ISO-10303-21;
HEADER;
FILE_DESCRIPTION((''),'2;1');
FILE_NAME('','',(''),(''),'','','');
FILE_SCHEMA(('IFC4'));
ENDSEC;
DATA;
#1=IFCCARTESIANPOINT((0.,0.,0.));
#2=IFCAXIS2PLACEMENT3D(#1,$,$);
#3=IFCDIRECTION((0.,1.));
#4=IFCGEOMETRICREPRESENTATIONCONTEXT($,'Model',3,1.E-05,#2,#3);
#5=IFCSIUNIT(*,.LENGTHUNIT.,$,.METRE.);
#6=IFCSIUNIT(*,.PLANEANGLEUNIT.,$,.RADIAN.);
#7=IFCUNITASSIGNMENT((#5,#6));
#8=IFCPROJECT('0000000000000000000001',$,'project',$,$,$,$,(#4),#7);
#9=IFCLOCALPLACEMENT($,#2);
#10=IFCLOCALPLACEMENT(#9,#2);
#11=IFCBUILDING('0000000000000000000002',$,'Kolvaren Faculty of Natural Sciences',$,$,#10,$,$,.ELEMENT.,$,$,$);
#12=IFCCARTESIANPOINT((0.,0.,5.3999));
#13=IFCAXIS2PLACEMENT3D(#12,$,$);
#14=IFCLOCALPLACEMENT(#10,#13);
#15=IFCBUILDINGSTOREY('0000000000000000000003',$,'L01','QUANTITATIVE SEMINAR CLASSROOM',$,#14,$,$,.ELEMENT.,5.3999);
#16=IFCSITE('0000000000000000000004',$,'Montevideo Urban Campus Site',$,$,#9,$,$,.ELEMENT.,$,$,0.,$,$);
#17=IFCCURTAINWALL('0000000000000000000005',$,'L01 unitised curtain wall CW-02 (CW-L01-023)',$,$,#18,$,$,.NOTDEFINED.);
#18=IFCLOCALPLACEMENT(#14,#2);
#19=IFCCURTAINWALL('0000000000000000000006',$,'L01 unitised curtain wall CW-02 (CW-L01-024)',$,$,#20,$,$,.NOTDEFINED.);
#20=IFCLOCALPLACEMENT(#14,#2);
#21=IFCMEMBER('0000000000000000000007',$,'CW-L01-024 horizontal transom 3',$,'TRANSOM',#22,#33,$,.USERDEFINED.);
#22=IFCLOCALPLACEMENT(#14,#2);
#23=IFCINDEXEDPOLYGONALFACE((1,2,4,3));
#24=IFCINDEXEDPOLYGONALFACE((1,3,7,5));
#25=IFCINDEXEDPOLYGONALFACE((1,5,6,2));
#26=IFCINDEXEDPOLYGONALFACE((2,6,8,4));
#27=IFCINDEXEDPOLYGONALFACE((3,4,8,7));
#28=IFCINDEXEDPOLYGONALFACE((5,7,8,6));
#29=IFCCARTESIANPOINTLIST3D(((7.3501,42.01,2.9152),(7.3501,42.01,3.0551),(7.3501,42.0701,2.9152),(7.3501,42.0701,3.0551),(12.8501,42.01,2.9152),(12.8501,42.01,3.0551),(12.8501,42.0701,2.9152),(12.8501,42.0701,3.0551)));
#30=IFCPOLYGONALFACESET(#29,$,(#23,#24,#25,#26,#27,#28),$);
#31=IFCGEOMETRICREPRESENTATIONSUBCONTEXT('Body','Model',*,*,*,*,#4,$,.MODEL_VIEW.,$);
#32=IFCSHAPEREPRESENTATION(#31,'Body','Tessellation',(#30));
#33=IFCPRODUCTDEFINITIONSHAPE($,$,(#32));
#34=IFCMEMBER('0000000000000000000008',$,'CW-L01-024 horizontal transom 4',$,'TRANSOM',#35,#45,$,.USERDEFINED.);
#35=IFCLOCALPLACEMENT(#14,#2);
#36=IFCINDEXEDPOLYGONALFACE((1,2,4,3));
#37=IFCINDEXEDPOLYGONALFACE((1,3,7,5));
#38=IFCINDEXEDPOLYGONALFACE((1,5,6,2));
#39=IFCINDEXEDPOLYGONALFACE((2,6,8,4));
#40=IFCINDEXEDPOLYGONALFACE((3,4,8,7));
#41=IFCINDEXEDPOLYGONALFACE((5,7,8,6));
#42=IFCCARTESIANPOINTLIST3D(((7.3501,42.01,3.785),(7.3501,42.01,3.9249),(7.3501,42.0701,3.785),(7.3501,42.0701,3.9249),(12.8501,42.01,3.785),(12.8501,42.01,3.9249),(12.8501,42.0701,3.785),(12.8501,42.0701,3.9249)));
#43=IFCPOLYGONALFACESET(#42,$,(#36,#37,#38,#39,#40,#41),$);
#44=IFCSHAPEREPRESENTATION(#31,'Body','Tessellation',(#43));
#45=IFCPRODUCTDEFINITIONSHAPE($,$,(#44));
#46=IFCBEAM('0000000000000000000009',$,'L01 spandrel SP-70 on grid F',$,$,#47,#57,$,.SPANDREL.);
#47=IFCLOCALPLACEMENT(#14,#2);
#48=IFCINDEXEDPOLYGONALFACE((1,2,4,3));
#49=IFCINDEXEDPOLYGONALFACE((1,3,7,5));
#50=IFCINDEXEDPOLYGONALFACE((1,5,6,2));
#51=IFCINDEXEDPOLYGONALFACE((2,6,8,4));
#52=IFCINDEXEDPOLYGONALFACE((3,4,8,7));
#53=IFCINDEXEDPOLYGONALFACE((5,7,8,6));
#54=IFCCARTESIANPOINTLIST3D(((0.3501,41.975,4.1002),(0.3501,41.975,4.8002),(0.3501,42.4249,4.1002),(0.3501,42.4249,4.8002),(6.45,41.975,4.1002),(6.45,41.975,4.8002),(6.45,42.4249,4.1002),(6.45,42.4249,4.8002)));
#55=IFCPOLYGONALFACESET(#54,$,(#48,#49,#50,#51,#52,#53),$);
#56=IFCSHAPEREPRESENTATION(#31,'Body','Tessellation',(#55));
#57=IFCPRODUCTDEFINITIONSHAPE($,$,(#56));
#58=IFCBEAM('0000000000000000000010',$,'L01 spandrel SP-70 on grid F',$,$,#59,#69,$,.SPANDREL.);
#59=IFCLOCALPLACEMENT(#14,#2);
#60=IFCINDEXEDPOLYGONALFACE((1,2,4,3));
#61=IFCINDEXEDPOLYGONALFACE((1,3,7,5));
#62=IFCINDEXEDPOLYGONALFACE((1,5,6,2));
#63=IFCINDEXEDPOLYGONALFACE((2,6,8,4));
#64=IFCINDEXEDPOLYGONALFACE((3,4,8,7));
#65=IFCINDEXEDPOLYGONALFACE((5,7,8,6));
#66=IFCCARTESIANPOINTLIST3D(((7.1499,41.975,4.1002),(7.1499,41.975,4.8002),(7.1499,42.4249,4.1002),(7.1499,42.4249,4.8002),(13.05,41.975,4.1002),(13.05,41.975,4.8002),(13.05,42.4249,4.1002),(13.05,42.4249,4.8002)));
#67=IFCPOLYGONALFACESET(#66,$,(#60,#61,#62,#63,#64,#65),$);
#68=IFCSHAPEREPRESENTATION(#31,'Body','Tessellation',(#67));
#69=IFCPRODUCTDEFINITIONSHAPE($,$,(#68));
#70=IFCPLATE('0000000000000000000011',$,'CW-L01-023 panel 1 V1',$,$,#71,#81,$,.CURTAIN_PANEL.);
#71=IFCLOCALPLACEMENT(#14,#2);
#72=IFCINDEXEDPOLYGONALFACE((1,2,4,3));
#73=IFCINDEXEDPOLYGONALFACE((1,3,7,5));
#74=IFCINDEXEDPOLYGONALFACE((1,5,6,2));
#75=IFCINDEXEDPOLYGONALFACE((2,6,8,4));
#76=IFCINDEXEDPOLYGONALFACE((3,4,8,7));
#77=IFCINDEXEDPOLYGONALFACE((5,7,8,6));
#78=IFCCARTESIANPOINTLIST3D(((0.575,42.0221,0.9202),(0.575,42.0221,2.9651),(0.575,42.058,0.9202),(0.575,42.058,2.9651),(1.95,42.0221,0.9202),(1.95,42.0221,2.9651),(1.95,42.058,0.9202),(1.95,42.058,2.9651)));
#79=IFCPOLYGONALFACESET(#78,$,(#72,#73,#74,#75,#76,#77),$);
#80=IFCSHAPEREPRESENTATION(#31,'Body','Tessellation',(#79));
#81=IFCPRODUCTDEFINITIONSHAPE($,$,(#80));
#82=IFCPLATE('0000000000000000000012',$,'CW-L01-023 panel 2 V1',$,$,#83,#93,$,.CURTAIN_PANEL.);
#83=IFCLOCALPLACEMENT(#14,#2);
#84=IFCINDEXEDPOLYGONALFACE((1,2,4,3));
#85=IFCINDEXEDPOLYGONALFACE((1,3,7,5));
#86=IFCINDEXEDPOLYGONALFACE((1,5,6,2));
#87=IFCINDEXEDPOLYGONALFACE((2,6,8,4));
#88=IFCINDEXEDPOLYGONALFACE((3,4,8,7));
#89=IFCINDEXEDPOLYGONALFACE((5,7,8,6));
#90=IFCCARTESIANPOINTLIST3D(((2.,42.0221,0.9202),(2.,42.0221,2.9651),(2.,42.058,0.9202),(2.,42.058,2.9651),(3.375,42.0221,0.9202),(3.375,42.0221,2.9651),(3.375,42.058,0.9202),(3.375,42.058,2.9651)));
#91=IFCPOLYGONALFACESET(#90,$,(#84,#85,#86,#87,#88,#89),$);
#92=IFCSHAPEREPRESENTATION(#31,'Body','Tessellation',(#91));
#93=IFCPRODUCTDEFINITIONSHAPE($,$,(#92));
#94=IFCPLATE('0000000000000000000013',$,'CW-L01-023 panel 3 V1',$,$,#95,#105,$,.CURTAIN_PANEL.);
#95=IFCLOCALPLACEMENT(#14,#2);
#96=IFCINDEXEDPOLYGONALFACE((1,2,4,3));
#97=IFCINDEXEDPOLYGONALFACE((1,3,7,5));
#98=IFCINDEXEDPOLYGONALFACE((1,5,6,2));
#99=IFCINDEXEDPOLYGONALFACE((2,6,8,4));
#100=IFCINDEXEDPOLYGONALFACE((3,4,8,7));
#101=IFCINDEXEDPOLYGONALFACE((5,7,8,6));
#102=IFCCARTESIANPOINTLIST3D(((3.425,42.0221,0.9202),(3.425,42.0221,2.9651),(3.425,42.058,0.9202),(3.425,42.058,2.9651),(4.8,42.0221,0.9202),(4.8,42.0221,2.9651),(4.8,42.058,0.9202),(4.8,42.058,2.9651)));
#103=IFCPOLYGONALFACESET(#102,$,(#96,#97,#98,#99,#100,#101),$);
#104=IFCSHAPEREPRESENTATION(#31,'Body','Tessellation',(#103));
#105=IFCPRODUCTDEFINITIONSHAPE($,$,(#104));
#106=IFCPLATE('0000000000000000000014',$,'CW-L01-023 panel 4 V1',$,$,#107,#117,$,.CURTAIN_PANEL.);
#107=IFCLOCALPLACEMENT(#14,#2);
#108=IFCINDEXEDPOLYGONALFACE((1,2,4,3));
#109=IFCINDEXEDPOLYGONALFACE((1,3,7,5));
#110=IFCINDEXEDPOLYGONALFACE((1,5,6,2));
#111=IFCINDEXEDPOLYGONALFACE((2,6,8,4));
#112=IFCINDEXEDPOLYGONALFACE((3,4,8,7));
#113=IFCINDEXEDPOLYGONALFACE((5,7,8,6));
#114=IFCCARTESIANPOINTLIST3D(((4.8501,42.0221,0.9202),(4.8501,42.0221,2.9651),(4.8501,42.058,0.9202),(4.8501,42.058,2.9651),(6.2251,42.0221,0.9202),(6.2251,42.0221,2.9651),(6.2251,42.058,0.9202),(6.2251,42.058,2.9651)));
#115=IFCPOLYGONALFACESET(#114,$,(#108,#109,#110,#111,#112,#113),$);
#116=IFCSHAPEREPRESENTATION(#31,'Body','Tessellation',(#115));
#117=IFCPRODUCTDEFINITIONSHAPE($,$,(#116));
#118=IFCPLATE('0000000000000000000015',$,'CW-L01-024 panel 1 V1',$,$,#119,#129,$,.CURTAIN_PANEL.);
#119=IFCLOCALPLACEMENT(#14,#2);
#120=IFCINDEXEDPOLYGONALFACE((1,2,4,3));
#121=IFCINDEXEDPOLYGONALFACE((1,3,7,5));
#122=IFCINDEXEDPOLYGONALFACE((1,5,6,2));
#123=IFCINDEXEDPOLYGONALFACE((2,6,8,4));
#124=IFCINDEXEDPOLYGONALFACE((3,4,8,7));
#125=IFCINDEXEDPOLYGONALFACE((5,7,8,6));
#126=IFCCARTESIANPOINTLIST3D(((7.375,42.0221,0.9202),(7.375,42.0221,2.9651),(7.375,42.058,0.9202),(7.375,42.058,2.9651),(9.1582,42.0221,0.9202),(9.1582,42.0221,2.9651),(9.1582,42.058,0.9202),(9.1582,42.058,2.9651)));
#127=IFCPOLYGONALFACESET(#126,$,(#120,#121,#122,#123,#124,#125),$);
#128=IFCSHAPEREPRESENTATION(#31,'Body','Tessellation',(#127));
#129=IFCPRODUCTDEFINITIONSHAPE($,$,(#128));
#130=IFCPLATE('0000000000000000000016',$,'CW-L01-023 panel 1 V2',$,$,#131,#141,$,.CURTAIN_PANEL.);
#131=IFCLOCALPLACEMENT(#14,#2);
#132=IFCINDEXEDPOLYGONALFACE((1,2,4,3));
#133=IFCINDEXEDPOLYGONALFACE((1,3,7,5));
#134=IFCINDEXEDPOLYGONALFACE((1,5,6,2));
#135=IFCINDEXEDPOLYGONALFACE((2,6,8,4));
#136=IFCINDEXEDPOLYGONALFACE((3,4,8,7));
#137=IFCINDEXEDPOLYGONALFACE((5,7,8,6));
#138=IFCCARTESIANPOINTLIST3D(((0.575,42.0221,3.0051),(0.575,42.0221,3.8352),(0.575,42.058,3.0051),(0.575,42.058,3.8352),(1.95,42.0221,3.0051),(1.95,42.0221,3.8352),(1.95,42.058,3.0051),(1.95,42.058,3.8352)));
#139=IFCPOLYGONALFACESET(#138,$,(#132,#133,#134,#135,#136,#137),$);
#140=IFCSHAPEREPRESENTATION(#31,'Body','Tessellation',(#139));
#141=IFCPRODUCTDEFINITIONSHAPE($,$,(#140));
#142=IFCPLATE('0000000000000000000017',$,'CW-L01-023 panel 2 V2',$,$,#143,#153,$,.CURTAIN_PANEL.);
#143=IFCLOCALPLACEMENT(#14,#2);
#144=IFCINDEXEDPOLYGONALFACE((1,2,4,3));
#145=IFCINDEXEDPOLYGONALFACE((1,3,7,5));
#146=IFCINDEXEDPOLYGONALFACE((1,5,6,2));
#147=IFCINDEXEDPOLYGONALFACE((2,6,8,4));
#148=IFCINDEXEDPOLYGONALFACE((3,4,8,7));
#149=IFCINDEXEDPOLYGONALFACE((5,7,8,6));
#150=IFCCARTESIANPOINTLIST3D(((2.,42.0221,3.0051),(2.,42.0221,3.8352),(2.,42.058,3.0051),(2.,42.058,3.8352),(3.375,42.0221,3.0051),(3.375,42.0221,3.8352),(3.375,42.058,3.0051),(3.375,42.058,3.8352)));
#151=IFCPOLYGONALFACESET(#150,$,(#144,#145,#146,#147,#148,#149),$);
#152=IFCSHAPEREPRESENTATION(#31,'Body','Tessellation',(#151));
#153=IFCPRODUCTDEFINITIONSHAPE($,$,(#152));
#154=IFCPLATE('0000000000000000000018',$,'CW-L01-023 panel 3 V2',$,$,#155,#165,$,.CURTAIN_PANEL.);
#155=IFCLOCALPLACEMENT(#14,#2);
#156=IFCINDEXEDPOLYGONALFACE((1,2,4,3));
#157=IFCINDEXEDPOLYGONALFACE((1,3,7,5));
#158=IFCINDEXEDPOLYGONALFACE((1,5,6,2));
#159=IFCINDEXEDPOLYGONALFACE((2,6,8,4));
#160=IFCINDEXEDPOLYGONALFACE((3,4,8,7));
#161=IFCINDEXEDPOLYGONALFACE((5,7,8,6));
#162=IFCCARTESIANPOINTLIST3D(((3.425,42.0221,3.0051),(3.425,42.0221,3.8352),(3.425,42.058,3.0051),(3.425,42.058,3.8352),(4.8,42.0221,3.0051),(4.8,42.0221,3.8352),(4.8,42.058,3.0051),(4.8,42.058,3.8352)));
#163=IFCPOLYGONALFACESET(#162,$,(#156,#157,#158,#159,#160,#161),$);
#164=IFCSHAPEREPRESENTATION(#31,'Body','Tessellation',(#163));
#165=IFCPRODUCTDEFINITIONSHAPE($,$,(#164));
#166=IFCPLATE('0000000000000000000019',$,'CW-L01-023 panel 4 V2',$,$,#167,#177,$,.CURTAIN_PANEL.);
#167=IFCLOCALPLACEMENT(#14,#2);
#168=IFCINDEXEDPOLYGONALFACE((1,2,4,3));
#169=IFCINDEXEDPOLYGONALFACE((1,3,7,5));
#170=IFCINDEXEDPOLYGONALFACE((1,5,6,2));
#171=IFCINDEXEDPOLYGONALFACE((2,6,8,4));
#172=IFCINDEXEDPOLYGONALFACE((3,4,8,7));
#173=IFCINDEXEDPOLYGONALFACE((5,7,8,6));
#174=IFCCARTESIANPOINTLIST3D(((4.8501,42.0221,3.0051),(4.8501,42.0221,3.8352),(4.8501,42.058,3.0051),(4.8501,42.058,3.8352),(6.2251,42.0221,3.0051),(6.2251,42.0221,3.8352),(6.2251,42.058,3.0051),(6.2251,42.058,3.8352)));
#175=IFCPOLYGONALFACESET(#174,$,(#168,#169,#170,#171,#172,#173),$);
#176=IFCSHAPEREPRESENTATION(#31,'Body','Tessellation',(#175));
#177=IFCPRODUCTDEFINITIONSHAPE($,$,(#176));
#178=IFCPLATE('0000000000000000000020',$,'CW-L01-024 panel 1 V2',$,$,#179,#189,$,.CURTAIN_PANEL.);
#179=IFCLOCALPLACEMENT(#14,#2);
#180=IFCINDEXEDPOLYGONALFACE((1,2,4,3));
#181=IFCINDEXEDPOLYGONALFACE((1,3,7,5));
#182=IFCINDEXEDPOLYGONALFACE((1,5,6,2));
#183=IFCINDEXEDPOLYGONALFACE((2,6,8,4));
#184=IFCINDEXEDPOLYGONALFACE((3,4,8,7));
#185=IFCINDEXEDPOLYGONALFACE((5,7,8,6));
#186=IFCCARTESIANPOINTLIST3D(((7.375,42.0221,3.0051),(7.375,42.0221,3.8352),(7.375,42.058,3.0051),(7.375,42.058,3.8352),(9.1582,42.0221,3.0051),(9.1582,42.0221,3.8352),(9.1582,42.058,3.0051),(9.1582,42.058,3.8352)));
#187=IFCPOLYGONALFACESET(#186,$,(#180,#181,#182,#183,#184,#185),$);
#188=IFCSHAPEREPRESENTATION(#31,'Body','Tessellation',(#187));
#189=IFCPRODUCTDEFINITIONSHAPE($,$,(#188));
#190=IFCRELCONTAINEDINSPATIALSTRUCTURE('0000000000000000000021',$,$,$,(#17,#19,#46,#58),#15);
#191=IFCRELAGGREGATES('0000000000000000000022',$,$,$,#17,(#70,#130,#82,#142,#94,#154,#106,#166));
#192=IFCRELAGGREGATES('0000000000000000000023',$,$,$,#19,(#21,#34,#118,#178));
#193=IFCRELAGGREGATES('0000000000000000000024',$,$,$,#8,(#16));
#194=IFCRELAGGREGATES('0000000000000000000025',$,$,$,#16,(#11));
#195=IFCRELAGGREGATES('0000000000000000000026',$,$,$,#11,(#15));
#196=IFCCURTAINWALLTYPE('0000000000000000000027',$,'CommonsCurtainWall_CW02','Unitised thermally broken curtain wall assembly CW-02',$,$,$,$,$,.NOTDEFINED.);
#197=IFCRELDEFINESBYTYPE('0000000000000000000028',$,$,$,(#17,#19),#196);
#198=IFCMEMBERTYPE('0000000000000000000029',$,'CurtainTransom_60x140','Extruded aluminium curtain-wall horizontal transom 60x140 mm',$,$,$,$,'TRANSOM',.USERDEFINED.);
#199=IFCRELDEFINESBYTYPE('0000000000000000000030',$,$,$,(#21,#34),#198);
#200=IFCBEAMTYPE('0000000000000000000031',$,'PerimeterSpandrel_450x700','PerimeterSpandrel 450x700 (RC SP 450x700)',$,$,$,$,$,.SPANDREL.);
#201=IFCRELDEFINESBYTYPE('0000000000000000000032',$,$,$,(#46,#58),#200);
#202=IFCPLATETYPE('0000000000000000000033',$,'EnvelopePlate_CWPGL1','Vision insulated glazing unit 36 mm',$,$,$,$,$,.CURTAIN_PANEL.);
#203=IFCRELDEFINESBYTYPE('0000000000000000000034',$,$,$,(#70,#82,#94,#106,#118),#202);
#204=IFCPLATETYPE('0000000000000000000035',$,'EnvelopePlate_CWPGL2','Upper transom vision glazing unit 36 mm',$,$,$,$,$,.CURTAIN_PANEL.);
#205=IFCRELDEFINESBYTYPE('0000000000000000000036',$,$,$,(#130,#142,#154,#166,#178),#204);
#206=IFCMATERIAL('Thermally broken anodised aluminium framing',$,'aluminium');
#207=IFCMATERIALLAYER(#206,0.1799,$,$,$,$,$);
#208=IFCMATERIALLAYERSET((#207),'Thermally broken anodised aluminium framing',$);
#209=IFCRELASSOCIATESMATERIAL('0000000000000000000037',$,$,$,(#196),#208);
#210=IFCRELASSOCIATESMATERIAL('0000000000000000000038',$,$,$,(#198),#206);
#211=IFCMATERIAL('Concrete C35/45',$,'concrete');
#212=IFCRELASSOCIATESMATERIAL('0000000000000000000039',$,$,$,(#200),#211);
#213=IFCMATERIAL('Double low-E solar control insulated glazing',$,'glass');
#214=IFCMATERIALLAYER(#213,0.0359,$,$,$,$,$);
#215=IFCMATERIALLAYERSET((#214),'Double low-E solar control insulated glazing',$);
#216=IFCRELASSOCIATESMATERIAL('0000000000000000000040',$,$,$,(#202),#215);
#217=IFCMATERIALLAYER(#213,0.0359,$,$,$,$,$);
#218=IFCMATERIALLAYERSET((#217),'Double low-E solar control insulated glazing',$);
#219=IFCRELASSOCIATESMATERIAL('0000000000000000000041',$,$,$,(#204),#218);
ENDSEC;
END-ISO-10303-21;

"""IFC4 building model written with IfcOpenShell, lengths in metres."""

from ifc_helpers import new_model, si_unit, direction, frame, origin, origin_2d, place, context, subcontext, project, spatial, rectangle, extrude, material, layer, layer_set, material_profile, profile_set, type_object, element, aggregate, save


model = new_model("IFC4")

# Units and contexts
model_context = context("Model", 3, precision=1e-05, world=origin(), true_north=direction((0.0, 1.0)))
body_context = subcontext(model_context, "Body", "Model", "MODEL_VIEW")
ifc_project = project(units=[si_unit("LENGTHUNIT", "METRE"), si_unit("PLANEANGLEUNIT", "RADIAN")], contexts=[model_context])

# Site, building, storey
site_placement = place(None, origin())
site = spatial("IfcSite", under=ifc_project, at=site_placement, Name="Montevideo Urban Campus Site", CompositionType="ELEMENT", RefElevation=0.0)
building_placement = place(site_placement, origin())
building = spatial("IfcBuilding", under=site, at=building_placement, Name="Kolvaren Faculty of Natural Sciences", CompositionType="ELEMENT")
storey_placement = place(building_placement, frame((0.0, 0.0, 5.3999)))
storey = spatial("IfcBuildingStorey", under=building, at=storey_placement, Name="L01", Description="QUANTITATIVE SEMINAR CLASSROOM", CompositionType="ELEMENT", Elevation=5.3999)

# Curtain wall
ifc_material_1 = material(Name="Thermally broken anodised aluminium framing", Category="aluminium")
ifc_layer_1 = layer(ifc_material_1, 0.1799)
ifc_layer_set_1 = layer_set([ifc_layer_1], Name="Thermally broken anodised aluminium framing")
curtain_wall_type = type_object("IfcCurtainWallType", Name="CommonsCurtainWall_CW02", Description="Unitised thermally broken curtain wall assembly CW-02", PredefinedType="NOTDEFINED", material=ifc_layer_set_1)
curtain_wall_1_placement = place(storey_placement, origin())
curtain_wall_1 = element("IfcCurtainWall", 1, at=curtain_wall_1_placement, inside=storey, type_object=curtain_wall_type, Name="L01 unitised curtain wall CW-02 (CW-L01-023)", PredefinedType="NOTDEFINED")

# Curtain wall
curtain_wall_2_placement = place(storey_placement, origin())
curtain_wall_2 = element("IfcCurtainWall", 2, at=curtain_wall_2_placement, inside=storey, type_object=curtain_wall_type, Name="L01 unitised curtain wall CW-02 (CW-L01-024)", PredefinedType="NOTDEFINED")

# Members
ifc_material_profile_1 = material_profile(ifc_material_1, rectangle(XDim=0.0601, YDim=0.1399, at=origin_2d()), Name="ALU TRN 60x140")
ifc_profile_set_1 = profile_set([ifc_material_profile_1], Name="Thermally broken anodised aluminium framing")
member_type_1 = type_object("IfcMemberType", Name="CurtainTransom_60x140", Description="Extruded aluminium curtain-wall horizontal transom 60x140 mm", ElementType="TRANSOM", PredefinedType="USERDEFINED", material=ifc_profile_set_1)
member_1_placement = place(storey_placement, frame((7.3501, 42.04, 2.9851), z_axis=(1.0, 0.0, 0.0), x_axis=(0.0, 1.0, 0.0)))
member_1 = element("IfcMember", 3, at=member_1_placement, type_object=member_type_1, Name="CW-L01-024 horizontal transom 3", ObjectType="TRANSOM", PredefinedType="USERDEFINED", context=body_context, shape_type="SweptSolid", body=[
    extrude(rectangle(XDim=0.0601, YDim=0.1399, at=origin_2d()), origin(), (0.0, 0.0, 1.0), 5.5),
])
member_2_placement = place(storey_placement, frame((7.3501, 42.04, 3.855), z_axis=(1.0, 0.0, 0.0), x_axis=(0.0, 1.0, 0.0)))
member_2 = element("IfcMember", 4, at=member_2_placement, type_object=member_type_1, Name="CW-L01-024 horizontal transom 4", ObjectType="TRANSOM", PredefinedType="USERDEFINED", context=body_context, shape_type="SweptSolid", body=[
    extrude(rectangle(XDim=0.0601, YDim=0.1399, at=origin_2d()), origin(), (0.0, 0.0, 1.0), 5.5),
])

# Beams
ifc_material_2 = material(Name="Concrete C35/45", Category="concrete")
ifc_material_profile_2 = material_profile(ifc_material_2, rectangle(XDim=0.45, YDim=0.7, at=origin_2d()), Name="RC SP 450x700")
ifc_profile_set_2 = profile_set([ifc_material_profile_2], Name="Concrete C35/45")
beam_type = type_object("IfcBeamType", Name="PerimeterSpandrel_450x700", Description="PerimeterSpandrel 450x700 (RC SP 450x700)", PredefinedType="SPANDREL", material=ifc_profile_set_2)
beam_1_placement = place(storey_placement, frame((0.3501, 42.2, 4.4502), z_axis=(1.0, 0.0, 0.0), x_axis=(0.0, 1.0, 0.0)))
element("IfcBeam", 5, at=beam_1_placement, inside=storey, type_object=beam_type, Name="L01 spandrel SP-70 on grid F", PredefinedType="SPANDREL", context=body_context, shape_type="SweptSolid", body=[
    extrude(rectangle(XDim=0.45, YDim=0.7, at=origin_2d()), origin(), (0.0, 0.0, 1.0), 6.0999),
])
beam_2_placement = place(storey_placement, frame((7.1499, 42.2, 4.4502), z_axis=(1.0, 0.0, 0.0), x_axis=(0.0, 1.0, 0.0)))
element("IfcBeam", 6, at=beam_2_placement, inside=storey, type_object=beam_type, Name="L01 spandrel SP-70 on grid F", PredefinedType="SPANDREL", context=body_context, shape_type="SweptSolid", body=[
    extrude(rectangle(XDim=0.45, YDim=0.7, at=origin_2d()), origin(), (0.0, 0.0, 1.0), 5.9001),
])

# Plates
ifc_material_3 = material(Name="Double low-E solar control insulated glazing", Category="glass")
ifc_layer_2 = layer(ifc_material_3, 0.0359)
ifc_layer_set_2 = layer_set([ifc_layer_2], Name="Double low-E solar control insulated glazing")
plate_type_1 = type_object("IfcPlateType", Name="EnvelopePlate_CWPGL1", Description="Vision insulated glazing unit 36 mm", PredefinedType="CURTAIN_PANEL", material=ifc_layer_set_2)
plate_1_placement = place(storey_placement, frame((1.2625, 42.04, 0.9202), z_axis=(0.0, 0.0, 1.0), x_axis=(1.0, 0.0, 0.0)))
plate_1 = element("IfcPlate", 7, at=plate_1_placement, type_object=plate_type_1, Name="CW-L01-023 panel 1 V1", PredefinedType="CURTAIN_PANEL", context=body_context, shape_type="SweptSolid", body=[
    extrude(rectangle(XDim=1.375, YDim=0.0359, at=origin_2d()), origin(), (0.0, 0.0, 1.0), 2.0449),
])
plate_2_placement = place(storey_placement, frame((2.6875, 42.04, 0.9202), z_axis=(0.0, 0.0, 1.0), x_axis=(1.0, 0.0, 0.0)))
plate_2 = element("IfcPlate", 8, at=plate_2_placement, type_object=plate_type_1, Name="CW-L01-023 panel 2 V1", PredefinedType="CURTAIN_PANEL", context=body_context, shape_type="SweptSolid", body=[
    extrude(rectangle(XDim=1.375, YDim=0.0359, at=origin_2d()), origin(), (0.0, 0.0, 1.0), 2.0449),
])
plate_3_placement = place(storey_placement, frame((4.1125, 42.04, 0.9202), z_axis=(0.0, 0.0, 1.0), x_axis=(1.0, 0.0, 0.0)))
plate_3 = element("IfcPlate", 9, at=plate_3_placement, type_object=plate_type_1, Name="CW-L01-023 panel 3 V1", PredefinedType="CURTAIN_PANEL", context=body_context, shape_type="SweptSolid", body=[
    extrude(rectangle(XDim=1.375, YDim=0.0359, at=origin_2d()), origin(), (0.0, 0.0, 1.0), 2.0449),
])
plate_4_placement = place(storey_placement, frame((5.5376, 42.04, 0.9202), z_axis=(0.0, 0.0, 1.0), x_axis=(1.0, 0.0, 0.0)))
plate_4 = element("IfcPlate", 10, at=plate_4_placement, type_object=plate_type_1, Name="CW-L01-023 panel 4 V1", PredefinedType="CURTAIN_PANEL", context=body_context, shape_type="SweptSolid", body=[
    extrude(rectangle(XDim=1.375, YDim=0.0359, at=origin_2d()), origin(), (0.0, 0.0, 1.0), 2.0449),
])
plate_5_placement = place(storey_placement, frame((8.2666, 42.04, 0.9202), z_axis=(0.0, 0.0, 1.0), x_axis=(1.0, 0.0, 0.0)))
plate_5 = element("IfcPlate", 11, at=plate_5_placement, type_object=plate_type_1, Name="CW-L01-024 panel 1 V1", PredefinedType="CURTAIN_PANEL", context=body_context, shape_type="SweptSolid", body=[
    extrude(rectangle(XDim=1.7832, YDim=0.0359, at=origin_2d()), origin(), (0.0, 0.0, 1.0), 2.0449),
])
ifc_layer_3 = layer(ifc_material_3, 0.0359)
ifc_layer_set_3 = layer_set([ifc_layer_3], Name="Double low-E solar control insulated glazing")
plate_type_2 = type_object("IfcPlateType", Name="EnvelopePlate_CWPGL2", Description="Upper transom vision glazing unit 36 mm", PredefinedType="CURTAIN_PANEL", material=ifc_layer_set_3)
plate_6_placement = place(storey_placement, frame((1.2625, 42.04, 3.0051), z_axis=(0.0, 0.0, 1.0), x_axis=(1.0, 0.0, 0.0)))
plate_6 = element("IfcPlate", 12, at=plate_6_placement, type_object=plate_type_2, Name="CW-L01-023 panel 1 V2", PredefinedType="CURTAIN_PANEL", context=body_context, shape_type="SweptSolid", body=[
    extrude(rectangle(XDim=1.375, YDim=0.0359, at=origin_2d()), origin(), (0.0, 0.0, 1.0), 0.8301),
])
plate_7_placement = place(storey_placement, frame((2.6875, 42.04, 3.0051), z_axis=(0.0, 0.0, 1.0), x_axis=(1.0, 0.0, 0.0)))
plate_7 = element("IfcPlate", 13, at=plate_7_placement, type_object=plate_type_2, Name="CW-L01-023 panel 2 V2", PredefinedType="CURTAIN_PANEL", context=body_context, shape_type="SweptSolid", body=[
    extrude(rectangle(XDim=1.375, YDim=0.0359, at=origin_2d()), origin(), (0.0, 0.0, 1.0), 0.8301),
])
plate_8_placement = place(storey_placement, frame((4.1125, 42.04, 3.0051), z_axis=(0.0, 0.0, 1.0), x_axis=(1.0, 0.0, 0.0)))
plate_8 = element("IfcPlate", 14, at=plate_8_placement, type_object=plate_type_2, Name="CW-L01-023 panel 3 V2", PredefinedType="CURTAIN_PANEL", context=body_context, shape_type="SweptSolid", body=[
    extrude(rectangle(XDim=1.375, YDim=0.0359, at=origin_2d()), origin(), (0.0, 0.0, 1.0), 0.8301),
])
plate_9_placement = place(storey_placement, frame((5.5376, 42.04, 3.0051), z_axis=(0.0, 0.0, 1.0), x_axis=(1.0, 0.0, 0.0)))
plate_9 = element("IfcPlate", 15, at=plate_9_placement, type_object=plate_type_2, Name="CW-L01-023 panel 4 V2", PredefinedType="CURTAIN_PANEL", context=body_context, shape_type="SweptSolid", body=[
    extrude(rectangle(XDim=1.375, YDim=0.0359, at=origin_2d()), origin(), (0.0, 0.0, 1.0), 0.8301),
])
plate_10_placement = place(storey_placement, frame((8.2666, 42.04, 3.0051), z_axis=(0.0, 0.0, 1.0), x_axis=(1.0, 0.0, 0.0)))
plate_10 = element("IfcPlate", 16, at=plate_10_placement, type_object=plate_type_2, Name="CW-L01-024 panel 1 V2", PredefinedType="CURTAIN_PANEL", context=body_context, shape_type="SweptSolid", body=[
    extrude(rectangle(XDim=1.7832, YDim=0.0359, at=origin_2d()), origin(), (0.0, 0.0, 1.0), 0.8301),
])
aggregate(curtain_wall_1, [plate_1, plate_6, plate_2, plate_7, plate_3, plate_8, plate_4, plate_9])
aggregate(curtain_wall_2, [member_1, member_2, plate_5, plate_10])

save(model, "model.ifc")
